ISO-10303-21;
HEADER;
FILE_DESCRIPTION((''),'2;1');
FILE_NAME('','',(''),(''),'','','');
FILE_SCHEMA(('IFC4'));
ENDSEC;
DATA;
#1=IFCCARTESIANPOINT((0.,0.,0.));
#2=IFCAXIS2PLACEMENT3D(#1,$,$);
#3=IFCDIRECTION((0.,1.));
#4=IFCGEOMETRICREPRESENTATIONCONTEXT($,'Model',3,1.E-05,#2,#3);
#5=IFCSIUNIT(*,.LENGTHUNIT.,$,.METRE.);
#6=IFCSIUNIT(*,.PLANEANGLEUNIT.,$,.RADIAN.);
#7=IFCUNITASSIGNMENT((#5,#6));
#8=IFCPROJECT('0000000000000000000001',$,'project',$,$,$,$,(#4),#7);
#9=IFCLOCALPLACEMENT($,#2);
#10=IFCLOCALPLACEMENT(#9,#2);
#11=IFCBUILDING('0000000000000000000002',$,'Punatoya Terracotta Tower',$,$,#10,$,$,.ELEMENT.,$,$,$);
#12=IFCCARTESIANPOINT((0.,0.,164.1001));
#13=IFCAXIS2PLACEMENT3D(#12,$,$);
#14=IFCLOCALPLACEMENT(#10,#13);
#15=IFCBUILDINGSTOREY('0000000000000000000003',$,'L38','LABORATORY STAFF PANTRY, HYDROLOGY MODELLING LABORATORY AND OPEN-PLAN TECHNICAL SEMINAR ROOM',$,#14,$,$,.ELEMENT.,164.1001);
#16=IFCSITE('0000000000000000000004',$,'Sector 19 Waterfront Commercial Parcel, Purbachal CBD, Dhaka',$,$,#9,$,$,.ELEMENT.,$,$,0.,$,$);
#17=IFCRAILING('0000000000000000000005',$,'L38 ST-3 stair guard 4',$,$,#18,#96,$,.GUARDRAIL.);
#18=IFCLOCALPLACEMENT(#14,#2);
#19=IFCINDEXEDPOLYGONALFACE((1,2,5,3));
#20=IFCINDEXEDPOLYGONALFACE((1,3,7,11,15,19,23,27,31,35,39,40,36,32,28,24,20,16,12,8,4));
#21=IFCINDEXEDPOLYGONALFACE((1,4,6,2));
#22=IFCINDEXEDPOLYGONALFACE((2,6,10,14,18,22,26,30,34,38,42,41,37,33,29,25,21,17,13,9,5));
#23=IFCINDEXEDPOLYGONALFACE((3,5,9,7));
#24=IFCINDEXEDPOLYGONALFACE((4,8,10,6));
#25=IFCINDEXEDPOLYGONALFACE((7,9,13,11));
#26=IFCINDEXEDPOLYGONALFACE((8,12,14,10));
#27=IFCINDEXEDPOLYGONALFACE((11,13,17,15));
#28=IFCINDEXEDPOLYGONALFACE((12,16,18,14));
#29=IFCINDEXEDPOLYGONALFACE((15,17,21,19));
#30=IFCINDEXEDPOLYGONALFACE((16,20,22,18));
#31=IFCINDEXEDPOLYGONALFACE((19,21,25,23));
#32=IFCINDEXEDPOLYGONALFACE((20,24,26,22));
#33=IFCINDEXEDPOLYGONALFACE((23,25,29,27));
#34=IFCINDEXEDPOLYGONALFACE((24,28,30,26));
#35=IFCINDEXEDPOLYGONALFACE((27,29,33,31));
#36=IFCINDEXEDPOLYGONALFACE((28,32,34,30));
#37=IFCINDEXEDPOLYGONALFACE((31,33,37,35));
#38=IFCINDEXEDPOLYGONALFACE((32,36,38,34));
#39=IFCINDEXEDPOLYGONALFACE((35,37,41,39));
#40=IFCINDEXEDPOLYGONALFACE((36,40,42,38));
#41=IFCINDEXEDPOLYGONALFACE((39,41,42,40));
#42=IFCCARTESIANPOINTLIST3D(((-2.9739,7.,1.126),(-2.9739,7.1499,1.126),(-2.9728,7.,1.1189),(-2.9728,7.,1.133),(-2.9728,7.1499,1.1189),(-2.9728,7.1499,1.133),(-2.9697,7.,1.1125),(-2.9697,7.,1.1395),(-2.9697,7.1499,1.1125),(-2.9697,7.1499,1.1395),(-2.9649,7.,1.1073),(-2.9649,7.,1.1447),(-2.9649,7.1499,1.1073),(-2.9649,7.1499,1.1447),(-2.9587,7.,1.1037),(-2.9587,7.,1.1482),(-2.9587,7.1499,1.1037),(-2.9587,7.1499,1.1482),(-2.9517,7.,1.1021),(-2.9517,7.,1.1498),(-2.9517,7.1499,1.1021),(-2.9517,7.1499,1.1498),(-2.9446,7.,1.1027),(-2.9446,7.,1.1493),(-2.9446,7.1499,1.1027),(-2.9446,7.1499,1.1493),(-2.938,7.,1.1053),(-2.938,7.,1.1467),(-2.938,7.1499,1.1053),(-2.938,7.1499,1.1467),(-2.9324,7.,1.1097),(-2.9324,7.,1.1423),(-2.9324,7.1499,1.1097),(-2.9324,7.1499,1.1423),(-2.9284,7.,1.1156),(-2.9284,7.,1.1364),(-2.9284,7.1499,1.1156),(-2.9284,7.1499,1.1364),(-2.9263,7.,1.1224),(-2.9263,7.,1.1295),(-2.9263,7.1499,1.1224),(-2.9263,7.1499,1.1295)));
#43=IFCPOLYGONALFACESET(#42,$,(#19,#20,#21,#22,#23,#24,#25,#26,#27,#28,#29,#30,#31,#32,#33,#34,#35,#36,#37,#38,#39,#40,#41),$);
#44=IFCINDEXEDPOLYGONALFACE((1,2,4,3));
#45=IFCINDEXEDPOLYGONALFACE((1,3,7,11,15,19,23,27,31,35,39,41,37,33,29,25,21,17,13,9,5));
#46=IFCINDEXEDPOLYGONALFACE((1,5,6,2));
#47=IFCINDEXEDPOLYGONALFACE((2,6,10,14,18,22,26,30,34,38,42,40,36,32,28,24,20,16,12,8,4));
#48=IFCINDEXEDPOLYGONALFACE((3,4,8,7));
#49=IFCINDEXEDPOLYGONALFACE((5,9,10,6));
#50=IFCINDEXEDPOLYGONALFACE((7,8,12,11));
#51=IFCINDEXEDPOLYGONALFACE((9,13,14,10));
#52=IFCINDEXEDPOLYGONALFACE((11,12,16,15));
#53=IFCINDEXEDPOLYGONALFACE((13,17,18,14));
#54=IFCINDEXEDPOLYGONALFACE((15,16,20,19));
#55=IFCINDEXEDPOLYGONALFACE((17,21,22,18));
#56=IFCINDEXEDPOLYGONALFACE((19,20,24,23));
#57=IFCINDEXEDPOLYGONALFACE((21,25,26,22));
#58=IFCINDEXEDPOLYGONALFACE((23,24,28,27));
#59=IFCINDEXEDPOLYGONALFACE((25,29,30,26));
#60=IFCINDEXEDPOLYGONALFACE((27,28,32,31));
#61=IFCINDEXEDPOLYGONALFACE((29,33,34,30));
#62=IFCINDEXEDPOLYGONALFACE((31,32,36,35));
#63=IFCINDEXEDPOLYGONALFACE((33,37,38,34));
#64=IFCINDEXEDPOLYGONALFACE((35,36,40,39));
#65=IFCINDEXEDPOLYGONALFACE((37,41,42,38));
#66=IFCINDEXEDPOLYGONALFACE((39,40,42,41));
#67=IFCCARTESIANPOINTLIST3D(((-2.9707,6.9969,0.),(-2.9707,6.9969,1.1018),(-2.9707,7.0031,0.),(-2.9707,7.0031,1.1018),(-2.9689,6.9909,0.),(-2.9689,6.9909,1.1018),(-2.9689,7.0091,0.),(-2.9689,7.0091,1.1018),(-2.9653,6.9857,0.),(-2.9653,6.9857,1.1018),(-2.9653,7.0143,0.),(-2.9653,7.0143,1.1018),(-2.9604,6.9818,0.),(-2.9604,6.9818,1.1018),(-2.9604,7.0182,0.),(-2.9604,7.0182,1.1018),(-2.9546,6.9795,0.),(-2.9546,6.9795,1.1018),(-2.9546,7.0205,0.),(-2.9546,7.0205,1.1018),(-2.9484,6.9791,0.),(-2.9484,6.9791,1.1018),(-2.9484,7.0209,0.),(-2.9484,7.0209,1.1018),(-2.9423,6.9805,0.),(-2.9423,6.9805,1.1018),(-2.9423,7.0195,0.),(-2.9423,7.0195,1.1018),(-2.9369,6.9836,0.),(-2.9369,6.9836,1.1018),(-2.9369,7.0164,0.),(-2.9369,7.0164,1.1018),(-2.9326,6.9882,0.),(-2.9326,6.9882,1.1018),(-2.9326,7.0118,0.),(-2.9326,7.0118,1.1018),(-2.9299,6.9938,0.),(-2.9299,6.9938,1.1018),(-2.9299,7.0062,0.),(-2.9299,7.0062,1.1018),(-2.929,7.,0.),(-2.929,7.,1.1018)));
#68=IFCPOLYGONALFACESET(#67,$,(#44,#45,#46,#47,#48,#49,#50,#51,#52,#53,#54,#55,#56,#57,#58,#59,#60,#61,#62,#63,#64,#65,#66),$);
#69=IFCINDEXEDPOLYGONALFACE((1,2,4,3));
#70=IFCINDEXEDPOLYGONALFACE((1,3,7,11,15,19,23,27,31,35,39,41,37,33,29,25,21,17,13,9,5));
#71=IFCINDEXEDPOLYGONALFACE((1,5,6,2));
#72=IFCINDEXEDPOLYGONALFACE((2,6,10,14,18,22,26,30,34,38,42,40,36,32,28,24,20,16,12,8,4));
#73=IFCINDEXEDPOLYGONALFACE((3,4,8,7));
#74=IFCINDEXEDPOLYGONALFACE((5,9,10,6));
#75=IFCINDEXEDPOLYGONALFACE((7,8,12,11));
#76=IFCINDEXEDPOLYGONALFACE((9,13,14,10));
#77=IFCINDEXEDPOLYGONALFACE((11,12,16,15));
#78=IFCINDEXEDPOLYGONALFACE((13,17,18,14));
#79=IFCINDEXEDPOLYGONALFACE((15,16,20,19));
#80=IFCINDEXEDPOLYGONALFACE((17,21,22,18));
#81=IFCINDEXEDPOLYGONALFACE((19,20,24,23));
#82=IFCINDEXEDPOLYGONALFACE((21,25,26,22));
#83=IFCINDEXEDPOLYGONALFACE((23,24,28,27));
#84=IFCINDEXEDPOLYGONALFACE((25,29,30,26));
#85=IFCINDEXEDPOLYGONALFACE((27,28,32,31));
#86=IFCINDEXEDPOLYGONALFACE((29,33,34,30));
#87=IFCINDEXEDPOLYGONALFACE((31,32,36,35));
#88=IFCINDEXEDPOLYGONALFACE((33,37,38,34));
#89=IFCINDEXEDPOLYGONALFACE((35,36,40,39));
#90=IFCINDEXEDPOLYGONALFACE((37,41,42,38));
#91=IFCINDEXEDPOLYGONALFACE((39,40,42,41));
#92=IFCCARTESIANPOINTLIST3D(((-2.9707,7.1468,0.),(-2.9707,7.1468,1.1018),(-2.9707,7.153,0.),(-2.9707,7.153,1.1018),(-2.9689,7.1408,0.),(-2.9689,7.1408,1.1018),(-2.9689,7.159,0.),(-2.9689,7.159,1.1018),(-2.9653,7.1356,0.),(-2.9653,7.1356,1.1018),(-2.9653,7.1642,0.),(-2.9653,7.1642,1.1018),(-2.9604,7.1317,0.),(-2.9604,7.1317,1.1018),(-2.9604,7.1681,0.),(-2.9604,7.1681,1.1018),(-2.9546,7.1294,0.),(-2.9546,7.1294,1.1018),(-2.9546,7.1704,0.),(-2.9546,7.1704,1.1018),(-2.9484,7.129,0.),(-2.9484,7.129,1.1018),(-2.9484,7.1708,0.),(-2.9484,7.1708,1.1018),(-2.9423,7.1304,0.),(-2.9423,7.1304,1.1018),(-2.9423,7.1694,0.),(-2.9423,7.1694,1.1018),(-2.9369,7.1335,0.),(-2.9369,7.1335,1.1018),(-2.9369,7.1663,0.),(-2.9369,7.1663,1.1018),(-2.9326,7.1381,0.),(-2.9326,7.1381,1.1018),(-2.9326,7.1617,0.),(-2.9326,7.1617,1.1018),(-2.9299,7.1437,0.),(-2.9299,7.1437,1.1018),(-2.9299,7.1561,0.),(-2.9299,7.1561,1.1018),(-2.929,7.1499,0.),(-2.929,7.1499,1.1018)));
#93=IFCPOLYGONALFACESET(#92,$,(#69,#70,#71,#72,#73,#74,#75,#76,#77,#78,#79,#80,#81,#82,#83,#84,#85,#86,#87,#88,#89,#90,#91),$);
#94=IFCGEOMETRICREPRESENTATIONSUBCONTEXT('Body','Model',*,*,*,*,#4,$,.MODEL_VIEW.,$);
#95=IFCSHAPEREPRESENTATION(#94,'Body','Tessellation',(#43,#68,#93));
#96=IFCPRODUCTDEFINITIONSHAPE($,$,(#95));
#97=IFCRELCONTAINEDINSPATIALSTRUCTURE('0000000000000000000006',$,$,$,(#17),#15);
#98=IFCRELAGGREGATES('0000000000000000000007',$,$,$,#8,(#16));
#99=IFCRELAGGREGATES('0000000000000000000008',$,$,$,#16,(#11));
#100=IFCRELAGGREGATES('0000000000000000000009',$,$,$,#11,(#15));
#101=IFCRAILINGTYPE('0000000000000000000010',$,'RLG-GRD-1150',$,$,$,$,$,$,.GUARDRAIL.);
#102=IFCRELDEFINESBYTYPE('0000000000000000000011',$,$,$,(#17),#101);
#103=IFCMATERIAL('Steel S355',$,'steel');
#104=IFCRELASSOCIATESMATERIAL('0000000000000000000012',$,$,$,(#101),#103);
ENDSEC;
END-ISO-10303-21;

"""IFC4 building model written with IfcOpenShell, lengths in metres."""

from ifc_helpers import new_model, si_unit, direction, frame, origin, origin_2d, place, context, subcontext, project, spatial, circle, extrude, material, type_object, element, save


model = new_model("IFC4")

# Units and contexts
model_context = context("Model", 3, precision=1e-05, world=origin(), true_north=direction((0.0, 1.0)))
body_context = subcontext(model_context, "Body", "Model", "MODEL_VIEW")
ifc_project = project(units=[si_unit("LENGTHUNIT", "METRE"), si_unit("PLANEANGLEUNIT", "RADIAN")], contexts=[model_context])

# Site, building, storey
site_placement = place(None, origin())
site = spatial("IfcSite", under=ifc_project, at=site_placement, Name="Sector 19 Waterfront Commercial Parcel, Purbachal CBD, Dhaka", CompositionType="ELEMENT", RefElevation=0.0)
building_placement = place(site_placement, origin())
building = spatial("IfcBuilding", under=site, at=building_placement, Name="Punatoya Terracotta Tower", CompositionType="ELEMENT")
storey_placement = place(building_placement, frame((0.0, 0.0, 164.1001)))
storey = spatial("IfcBuildingStorey", under=building, at=storey_placement, Name="L38", Description="LABORATORY STAFF PANTRY, HYDROLOGY MODELLING LABORATORY AND OPEN-PLAN TECHNICAL SEMINAR ROOM", CompositionType="ELEMENT", Elevation=164.1001)

# Shared definitions
ifc_material_1 = material(Name="Steel S355", Category="steel")

# Railing
railing_type_1 = type_object("IfcRailingType", Name="RLG-GRD-1150", PredefinedType="GUARDRAIL", material=ifc_material_1)
railing_1_placement = place(storey_placement, frame((-2.95, 7.0, 0.0)))
element("IfcRailing", 1, at=railing_1_placement, inside=storey, type_object=railing_type_1, Name="L38 ST-3 stair guard 4", PredefinedType="GUARDRAIL", context=body_context, shape_type="SweptSolid", body=[
    extrude(circle(Radius=0.0239, at=origin_2d()), frame((0.0, 0.0, 1.126), z_axis=(0.0, 1.0, 0.0), x_axis=(-1.0, 0.0, 0.0)), (0.0, 0.0, 1.0), 0.1499),
    extrude(circle(Radius=0.021, at=origin_2d()), origin(), (0.0, 0.0, 1.0), 1.1018),
    extrude(circle(Radius=0.021, at=origin_2d()), frame((0.0, 0.1499, 0.0)), (0.0, 0.0, 1.0), 1.1018),
])

save(model, "model.ifc")
